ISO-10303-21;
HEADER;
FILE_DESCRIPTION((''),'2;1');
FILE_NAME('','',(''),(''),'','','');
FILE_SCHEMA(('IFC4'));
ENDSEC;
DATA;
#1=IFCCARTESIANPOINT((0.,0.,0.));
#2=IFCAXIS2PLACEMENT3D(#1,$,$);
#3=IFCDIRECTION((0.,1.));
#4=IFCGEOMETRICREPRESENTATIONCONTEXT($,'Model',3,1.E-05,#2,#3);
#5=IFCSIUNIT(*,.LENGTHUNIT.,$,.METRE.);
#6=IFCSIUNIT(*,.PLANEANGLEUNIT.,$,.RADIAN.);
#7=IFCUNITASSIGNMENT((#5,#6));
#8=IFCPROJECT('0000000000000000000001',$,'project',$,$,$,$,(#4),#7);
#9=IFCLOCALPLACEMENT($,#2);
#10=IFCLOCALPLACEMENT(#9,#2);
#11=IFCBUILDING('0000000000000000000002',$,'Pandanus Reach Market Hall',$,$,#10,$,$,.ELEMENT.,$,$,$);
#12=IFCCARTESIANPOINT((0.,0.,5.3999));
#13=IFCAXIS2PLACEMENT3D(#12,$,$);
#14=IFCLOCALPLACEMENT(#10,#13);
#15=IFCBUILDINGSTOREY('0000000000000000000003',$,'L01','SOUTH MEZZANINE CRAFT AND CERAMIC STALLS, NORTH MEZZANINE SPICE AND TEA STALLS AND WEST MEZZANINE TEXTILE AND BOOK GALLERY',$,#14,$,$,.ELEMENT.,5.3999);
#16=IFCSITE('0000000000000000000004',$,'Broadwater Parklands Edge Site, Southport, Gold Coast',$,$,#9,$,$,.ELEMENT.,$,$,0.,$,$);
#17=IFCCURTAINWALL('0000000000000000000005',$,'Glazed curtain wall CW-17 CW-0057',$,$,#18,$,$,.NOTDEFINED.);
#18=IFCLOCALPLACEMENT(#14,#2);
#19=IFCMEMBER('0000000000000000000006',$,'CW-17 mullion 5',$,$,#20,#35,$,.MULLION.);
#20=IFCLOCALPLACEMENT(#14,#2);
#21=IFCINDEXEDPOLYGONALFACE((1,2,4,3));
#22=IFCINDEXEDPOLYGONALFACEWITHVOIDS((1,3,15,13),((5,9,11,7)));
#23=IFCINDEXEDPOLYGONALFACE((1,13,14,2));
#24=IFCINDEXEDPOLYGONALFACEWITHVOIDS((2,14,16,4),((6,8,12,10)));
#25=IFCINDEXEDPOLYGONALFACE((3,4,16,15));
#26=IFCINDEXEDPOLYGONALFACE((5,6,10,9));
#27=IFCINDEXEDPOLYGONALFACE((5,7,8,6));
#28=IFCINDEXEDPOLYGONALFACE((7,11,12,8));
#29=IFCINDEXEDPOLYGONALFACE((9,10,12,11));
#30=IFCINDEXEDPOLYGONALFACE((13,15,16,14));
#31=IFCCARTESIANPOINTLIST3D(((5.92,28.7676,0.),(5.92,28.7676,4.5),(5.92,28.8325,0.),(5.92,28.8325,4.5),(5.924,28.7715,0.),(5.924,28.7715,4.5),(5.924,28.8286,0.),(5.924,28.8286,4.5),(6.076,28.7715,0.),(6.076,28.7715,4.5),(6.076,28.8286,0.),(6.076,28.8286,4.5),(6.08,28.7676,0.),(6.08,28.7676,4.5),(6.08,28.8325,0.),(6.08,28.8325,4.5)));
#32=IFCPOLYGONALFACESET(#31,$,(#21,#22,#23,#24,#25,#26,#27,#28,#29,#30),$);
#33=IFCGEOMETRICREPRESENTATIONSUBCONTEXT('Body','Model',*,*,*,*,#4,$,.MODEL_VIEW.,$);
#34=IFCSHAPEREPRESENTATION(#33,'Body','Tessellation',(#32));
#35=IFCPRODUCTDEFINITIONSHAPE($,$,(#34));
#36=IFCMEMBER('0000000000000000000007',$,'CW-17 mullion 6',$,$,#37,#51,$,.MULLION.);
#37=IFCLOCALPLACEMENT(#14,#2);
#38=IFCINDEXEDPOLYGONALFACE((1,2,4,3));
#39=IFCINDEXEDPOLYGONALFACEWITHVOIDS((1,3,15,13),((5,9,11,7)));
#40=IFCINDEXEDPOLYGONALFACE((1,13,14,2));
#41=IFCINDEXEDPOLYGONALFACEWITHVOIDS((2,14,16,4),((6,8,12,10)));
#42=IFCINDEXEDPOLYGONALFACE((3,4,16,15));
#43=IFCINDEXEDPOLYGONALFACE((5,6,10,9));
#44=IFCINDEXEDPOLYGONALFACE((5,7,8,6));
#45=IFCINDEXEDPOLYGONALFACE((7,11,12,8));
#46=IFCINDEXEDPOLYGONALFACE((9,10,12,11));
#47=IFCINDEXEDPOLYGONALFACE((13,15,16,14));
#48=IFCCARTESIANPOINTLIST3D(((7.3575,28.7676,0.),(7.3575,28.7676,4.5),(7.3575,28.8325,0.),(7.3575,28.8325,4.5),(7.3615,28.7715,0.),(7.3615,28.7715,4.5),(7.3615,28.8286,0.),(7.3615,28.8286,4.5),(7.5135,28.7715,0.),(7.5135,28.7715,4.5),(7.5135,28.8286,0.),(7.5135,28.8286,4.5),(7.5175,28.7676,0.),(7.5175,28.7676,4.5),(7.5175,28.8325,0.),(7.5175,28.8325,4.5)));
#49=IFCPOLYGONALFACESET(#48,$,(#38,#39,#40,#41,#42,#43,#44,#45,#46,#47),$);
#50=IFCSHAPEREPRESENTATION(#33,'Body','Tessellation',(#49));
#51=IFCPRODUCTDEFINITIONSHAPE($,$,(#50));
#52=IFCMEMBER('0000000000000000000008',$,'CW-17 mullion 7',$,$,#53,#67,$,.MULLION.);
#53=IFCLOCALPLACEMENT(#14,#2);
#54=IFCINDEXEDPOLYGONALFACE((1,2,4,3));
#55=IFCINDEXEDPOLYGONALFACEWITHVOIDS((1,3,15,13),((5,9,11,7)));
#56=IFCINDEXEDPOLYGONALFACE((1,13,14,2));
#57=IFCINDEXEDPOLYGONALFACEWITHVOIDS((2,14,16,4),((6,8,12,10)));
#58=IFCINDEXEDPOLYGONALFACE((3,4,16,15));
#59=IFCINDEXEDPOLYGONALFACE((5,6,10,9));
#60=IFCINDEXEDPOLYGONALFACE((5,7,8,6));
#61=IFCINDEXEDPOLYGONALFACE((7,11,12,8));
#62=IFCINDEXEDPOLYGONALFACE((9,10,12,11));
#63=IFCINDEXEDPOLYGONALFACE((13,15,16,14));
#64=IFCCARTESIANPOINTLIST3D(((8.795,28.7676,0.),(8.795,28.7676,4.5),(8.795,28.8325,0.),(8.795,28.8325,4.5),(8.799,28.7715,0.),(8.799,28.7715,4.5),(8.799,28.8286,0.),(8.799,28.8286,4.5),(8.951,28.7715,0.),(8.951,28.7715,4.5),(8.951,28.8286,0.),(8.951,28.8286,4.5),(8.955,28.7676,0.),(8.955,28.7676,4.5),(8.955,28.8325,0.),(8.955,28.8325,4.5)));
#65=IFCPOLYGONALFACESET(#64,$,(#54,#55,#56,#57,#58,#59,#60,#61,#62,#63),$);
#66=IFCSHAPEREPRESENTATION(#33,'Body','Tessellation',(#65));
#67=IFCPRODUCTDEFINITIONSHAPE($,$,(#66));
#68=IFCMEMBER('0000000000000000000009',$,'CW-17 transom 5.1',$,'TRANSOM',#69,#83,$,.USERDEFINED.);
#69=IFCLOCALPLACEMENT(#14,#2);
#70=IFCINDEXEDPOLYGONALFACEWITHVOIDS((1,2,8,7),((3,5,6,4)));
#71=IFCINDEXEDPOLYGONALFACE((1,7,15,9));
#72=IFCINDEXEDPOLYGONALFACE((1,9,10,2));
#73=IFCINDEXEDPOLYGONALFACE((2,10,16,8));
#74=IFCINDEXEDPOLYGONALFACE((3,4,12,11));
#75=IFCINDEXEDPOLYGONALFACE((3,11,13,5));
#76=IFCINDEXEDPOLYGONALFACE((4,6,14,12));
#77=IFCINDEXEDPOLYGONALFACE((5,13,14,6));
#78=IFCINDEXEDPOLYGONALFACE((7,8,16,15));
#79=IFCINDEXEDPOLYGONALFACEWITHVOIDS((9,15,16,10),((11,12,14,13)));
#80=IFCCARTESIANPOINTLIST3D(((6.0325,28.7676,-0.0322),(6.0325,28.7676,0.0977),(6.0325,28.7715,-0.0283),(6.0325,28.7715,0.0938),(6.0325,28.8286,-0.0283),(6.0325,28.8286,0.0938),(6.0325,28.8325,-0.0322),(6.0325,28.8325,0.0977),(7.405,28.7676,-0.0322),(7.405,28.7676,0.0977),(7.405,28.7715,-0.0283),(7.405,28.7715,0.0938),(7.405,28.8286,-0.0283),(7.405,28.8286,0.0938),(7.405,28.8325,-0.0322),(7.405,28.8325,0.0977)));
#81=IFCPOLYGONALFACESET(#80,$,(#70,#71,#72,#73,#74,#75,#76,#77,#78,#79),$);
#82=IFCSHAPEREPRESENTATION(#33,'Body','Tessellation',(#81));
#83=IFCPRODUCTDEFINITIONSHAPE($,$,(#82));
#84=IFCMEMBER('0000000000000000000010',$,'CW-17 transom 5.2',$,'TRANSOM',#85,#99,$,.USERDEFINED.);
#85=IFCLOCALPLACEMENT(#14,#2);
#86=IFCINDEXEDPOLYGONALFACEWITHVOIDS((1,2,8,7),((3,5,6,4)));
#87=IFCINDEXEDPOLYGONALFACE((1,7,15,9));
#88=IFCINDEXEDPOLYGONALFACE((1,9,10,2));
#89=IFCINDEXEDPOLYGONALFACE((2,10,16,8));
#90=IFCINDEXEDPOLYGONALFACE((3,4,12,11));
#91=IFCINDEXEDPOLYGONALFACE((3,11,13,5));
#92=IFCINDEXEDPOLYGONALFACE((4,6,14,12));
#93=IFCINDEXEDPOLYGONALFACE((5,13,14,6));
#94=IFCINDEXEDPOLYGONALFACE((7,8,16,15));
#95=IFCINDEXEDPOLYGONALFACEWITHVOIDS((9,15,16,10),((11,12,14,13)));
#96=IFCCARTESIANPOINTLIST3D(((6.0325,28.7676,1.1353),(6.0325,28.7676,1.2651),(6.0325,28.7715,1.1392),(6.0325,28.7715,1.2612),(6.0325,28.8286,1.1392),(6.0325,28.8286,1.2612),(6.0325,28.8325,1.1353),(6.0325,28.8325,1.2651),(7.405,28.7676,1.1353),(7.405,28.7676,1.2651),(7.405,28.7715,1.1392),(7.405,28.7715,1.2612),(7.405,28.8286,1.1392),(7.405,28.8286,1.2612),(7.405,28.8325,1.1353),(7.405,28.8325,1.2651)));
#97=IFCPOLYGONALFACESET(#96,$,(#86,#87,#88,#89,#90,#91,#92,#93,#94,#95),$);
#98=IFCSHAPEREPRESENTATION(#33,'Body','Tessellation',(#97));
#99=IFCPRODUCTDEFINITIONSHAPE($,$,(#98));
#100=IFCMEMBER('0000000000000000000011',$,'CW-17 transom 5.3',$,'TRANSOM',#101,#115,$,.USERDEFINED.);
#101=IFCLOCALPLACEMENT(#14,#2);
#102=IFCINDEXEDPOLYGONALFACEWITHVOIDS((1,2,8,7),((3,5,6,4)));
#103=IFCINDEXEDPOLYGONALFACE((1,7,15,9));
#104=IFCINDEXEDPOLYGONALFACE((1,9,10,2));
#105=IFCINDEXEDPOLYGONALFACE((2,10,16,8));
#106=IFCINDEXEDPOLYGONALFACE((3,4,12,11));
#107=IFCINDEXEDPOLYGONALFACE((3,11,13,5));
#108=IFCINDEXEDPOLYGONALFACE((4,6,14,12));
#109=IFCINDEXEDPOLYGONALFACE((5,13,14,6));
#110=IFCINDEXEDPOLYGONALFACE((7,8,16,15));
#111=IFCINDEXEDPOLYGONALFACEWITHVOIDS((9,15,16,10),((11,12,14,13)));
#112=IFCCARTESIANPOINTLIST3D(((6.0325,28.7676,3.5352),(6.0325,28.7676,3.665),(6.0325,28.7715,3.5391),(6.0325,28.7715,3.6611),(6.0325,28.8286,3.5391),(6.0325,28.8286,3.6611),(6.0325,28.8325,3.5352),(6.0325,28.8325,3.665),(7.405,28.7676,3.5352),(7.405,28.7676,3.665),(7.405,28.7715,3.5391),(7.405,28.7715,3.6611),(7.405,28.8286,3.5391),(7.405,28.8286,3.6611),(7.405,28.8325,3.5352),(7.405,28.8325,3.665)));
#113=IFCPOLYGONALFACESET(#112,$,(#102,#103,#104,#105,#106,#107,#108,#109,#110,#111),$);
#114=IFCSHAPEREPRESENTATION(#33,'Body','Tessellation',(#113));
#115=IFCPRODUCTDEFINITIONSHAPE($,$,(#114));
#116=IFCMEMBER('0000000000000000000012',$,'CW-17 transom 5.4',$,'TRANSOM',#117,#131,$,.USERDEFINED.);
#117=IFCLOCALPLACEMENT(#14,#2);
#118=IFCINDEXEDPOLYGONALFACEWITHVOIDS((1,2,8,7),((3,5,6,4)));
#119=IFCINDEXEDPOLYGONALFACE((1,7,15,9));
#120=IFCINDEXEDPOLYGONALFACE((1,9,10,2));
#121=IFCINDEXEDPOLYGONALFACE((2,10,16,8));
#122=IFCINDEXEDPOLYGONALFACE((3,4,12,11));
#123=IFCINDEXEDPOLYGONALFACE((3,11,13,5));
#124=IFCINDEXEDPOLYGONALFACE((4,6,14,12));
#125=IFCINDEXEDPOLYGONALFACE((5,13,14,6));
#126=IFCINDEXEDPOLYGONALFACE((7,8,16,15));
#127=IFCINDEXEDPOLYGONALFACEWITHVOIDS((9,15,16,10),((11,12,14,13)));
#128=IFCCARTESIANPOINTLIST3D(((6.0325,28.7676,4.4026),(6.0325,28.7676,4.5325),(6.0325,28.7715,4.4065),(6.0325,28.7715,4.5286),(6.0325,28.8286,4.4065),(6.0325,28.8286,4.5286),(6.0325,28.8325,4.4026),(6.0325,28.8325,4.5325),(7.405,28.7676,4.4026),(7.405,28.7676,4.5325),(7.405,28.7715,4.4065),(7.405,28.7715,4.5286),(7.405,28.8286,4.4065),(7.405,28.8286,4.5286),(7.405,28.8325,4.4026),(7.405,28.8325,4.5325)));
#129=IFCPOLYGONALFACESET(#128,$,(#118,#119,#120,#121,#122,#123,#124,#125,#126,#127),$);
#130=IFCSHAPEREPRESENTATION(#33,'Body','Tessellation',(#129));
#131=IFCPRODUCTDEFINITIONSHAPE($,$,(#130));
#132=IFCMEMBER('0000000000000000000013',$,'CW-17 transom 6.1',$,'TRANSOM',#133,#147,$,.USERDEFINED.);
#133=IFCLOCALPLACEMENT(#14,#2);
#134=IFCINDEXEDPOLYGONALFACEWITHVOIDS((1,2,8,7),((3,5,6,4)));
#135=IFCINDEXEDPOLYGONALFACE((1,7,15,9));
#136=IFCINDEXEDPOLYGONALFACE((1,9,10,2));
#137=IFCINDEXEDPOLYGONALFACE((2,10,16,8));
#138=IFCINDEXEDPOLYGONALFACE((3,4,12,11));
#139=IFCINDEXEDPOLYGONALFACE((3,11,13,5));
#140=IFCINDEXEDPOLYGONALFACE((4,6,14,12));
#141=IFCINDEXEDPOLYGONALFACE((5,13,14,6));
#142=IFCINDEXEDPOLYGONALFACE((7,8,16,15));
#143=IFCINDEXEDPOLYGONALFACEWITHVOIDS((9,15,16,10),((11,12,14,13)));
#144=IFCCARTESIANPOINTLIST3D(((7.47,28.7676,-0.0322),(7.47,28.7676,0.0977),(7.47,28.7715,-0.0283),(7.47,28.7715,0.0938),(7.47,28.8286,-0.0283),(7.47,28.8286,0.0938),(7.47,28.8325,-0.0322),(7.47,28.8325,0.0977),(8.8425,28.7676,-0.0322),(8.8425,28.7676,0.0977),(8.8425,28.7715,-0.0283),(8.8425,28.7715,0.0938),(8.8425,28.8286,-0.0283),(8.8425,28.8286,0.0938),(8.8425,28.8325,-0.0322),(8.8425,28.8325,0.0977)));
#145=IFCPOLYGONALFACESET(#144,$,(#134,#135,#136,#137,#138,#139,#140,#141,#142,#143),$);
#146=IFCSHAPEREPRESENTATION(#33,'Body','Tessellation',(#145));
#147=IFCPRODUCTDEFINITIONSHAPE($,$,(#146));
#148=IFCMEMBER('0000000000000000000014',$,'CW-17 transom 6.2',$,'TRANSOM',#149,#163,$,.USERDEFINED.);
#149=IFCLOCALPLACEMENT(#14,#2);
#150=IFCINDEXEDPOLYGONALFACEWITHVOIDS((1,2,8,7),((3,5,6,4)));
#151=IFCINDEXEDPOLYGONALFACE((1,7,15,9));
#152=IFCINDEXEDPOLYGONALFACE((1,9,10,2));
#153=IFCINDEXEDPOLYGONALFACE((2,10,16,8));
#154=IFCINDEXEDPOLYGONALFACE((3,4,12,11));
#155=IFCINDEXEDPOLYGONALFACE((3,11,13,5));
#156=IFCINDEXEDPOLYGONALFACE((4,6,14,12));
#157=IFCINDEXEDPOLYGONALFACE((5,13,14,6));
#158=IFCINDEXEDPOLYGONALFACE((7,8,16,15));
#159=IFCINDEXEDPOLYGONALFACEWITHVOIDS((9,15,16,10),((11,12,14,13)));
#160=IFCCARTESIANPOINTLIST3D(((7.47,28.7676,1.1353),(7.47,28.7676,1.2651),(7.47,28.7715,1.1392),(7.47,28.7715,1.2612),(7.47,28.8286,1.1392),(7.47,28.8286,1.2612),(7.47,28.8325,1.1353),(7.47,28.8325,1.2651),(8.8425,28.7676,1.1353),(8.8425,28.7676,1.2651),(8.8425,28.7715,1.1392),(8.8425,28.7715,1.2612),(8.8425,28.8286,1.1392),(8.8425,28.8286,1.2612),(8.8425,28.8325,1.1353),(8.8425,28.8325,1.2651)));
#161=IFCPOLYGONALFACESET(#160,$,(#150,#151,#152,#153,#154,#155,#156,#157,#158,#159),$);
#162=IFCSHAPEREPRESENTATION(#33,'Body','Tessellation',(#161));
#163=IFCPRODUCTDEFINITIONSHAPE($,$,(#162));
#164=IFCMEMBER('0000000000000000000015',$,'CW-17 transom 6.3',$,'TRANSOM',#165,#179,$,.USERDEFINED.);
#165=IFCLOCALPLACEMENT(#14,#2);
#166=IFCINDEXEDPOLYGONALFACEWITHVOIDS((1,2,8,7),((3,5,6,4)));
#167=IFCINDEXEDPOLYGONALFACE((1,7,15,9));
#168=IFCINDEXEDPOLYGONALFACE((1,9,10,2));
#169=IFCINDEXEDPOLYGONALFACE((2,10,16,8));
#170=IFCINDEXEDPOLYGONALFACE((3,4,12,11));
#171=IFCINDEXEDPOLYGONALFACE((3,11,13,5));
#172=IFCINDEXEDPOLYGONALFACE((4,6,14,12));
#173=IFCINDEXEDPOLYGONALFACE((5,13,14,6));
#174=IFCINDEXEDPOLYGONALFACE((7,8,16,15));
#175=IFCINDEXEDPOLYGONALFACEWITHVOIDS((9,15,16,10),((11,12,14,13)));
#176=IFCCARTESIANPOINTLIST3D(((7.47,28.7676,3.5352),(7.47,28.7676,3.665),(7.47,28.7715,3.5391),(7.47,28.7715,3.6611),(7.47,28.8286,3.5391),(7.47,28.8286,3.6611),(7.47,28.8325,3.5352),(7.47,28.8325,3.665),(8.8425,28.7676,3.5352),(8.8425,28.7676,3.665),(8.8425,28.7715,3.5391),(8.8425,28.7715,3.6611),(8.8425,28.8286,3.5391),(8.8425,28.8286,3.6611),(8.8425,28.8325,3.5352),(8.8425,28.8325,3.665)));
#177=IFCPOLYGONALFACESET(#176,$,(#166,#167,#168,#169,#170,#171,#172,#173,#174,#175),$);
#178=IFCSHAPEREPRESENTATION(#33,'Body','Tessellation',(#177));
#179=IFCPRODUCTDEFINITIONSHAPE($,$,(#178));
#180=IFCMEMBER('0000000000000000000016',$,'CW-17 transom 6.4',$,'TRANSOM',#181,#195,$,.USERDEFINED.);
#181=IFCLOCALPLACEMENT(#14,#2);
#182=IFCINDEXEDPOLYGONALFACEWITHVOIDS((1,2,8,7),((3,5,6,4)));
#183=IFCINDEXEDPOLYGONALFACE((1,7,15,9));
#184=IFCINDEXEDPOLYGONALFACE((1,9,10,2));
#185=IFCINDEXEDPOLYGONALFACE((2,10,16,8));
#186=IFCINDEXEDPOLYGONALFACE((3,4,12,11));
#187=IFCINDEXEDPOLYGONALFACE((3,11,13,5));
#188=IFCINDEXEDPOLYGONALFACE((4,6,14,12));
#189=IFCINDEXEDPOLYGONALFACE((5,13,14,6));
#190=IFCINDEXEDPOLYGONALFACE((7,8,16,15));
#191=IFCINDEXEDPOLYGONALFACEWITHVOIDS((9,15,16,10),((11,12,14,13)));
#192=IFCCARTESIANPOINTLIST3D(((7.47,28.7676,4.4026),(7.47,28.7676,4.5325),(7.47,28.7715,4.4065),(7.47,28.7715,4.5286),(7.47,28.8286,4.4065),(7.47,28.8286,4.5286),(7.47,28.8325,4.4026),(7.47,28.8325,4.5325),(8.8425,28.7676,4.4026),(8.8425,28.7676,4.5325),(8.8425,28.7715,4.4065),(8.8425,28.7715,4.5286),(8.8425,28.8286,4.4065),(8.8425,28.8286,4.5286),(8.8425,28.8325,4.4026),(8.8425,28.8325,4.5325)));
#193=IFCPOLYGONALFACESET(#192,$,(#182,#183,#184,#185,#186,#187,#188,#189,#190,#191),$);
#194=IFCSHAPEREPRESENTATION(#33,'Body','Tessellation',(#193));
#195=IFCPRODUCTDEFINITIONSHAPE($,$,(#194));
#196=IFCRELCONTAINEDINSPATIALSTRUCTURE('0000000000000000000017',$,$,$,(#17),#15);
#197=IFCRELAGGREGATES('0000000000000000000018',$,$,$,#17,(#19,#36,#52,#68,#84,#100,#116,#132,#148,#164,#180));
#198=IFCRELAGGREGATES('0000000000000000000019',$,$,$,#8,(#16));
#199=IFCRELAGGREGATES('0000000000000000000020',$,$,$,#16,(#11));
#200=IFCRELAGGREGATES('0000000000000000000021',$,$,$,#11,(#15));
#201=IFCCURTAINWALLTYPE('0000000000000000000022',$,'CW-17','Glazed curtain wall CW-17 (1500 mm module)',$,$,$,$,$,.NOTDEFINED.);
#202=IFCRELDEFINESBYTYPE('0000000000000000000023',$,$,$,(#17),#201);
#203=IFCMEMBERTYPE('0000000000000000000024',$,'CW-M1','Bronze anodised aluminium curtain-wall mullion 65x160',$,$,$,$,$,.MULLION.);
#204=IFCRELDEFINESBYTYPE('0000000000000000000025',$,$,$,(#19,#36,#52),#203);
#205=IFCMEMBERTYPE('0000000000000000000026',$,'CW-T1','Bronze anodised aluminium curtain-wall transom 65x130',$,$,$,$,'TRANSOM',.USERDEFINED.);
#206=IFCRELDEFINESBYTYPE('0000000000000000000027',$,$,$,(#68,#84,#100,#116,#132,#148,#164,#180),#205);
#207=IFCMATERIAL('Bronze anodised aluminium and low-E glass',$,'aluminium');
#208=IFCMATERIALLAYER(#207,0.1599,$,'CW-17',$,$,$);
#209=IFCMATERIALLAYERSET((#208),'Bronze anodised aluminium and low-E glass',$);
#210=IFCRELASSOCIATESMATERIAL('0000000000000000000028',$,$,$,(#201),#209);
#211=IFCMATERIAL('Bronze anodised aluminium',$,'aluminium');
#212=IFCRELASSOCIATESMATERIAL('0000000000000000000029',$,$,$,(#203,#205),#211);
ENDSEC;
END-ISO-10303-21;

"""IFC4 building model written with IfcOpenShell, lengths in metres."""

from ifc_helpers import new_model, si_unit, direction, frame, origin, origin_2d, place, context, subcontext, project, spatial, hollow_rectangle, extrude, material, layer, layer_set, material_profile, profile_set, type_object, element, aggregate, save


model = new_model("IFC4")

# Units and contexts
model_context = context("Model", 3, precision=1e-05, world=origin(), true_north=direction((0.0, 1.0)))
body_context = subcontext(model_context, "Body", "Model", "MODEL_VIEW")
ifc_project = project(units=[si_unit("LENGTHUNIT", "METRE"), si_unit("PLANEANGLEUNIT", "RADIAN")], contexts=[model_context])

# Site, building, storey
site_placement = place(None, origin())
site = spatial("IfcSite", under=ifc_project, at=site_placement, Name="Broadwater Parklands Edge Site, Southport, Gold Coast", CompositionType="ELEMENT", RefElevation=0.0)
building_placement = place(site_placement, origin())
building = spatial("IfcBuilding", under=site, at=building_placement, Name="Pandanus Reach Market Hall", CompositionType="ELEMENT")
storey_placement = place(building_placement, frame((0.0, 0.0, 5.3999)))
storey = spatial("IfcBuildingStorey", under=building, at=storey_placement, Name="L01", Description="SOUTH MEZZANINE CRAFT AND CERAMIC STALLS, NORTH MEZZANINE SPICE AND TEA STALLS AND WEST MEZZANINE TEXTILE AND BOOK GALLERY", CompositionType="ELEMENT", Elevation=5.3999)

# Curtain wall, members
ifc_material_1 = material(Name="Bronze anodised aluminium and low-E glass", Category="aluminium")
ifc_layer_1 = layer(ifc_material_1, 0.1599, Name="CW-17")
ifc_layer_set_1 = layer_set([ifc_layer_1], Name="Bronze anodised aluminium and low-E glass")
curtain_wall_type = type_object("IfcCurtainWallType", Name="CW-17", Description="Glazed curtain wall CW-17 (1500 mm module)", PredefinedType="NOTDEFINED", material=ifc_layer_set_1)
curtain_wall_placement = place(storey_placement, origin())
curtain_wall = element("IfcCurtainWall", 1, at=curtain_wall_placement, inside=storey, type_object=curtain_wall_type, Name="Glazed curtain wall CW-17 CW-0057", PredefinedType="NOTDEFINED")
ifc_material_2 = material(Name="Bronze anodised aluminium", Category="aluminium")
ifc_material_profile_1 = material_profile(ifc_material_2, hollow_rectangle(XDim=0.0649, YDim=0.1599, WallThickness=0.0039, at=origin_2d()), Name="ALU65x160", Category="LoadBearing")
ifc_profile_set_1 = profile_set([ifc_material_profile_1], Name="Bronze anodised aluminium")
member_type_1 = type_object("IfcMemberType", Name="CW-M1", Description="Bronze anodised aluminium curtain-wall mullion 65x160", PredefinedType="MULLION", material=ifc_profile_set_1)
member_1_placement = place(storey_placement, frame((6.0, 28.8, 0.0), z_axis=(0.0, 0.0, 1.0), x_axis=(0.0, 1.0, 0.0)))
member_1 = element("IfcMember", 2, at=member_1_placement, type_object=member_type_1, Name="CW-17 mullion 5", PredefinedType="MULLION", context=body_context, shape_type="SweptSolid", body=[
    extrude(hollow_rectangle(XDim=0.0649, YDim=0.1599, WallThickness=0.0039, at=origin_2d()), origin(), (0.0, 0.0, 1.0), 4.5),
])
member_2_placement = place(storey_placement, frame((7.4375, 28.8, 0.0), z_axis=(0.0, 0.0, 1.0), x_axis=(0.0, 1.0, 0.0)))
member_2 = element("IfcMember", 3, at=member_2_placement, type_object=member_type_1, Name="CW-17 mullion 6", PredefinedType="MULLION", context=body_context, shape_type="SweptSolid", body=[
    extrude(hollow_rectangle(XDim=0.0649, YDim=0.1599, WallThickness=0.0039, at=origin_2d()), origin(), (0.0, 0.0, 1.0), 4.5),
])
member_3_placement = place(storey_placement, frame((8.875, 28.8, 0.0), z_axis=(0.0, 0.0, 1.0), x_axis=(0.0, 1.0, 0.0)))
member_3 = element("IfcMember", 4, at=member_3_placement, type_object=member_type_1, Name="CW-17 mullion 7", PredefinedType="MULLION", context=body_context, shape_type="SweptSolid", body=[
    extrude(hollow_rectangle(XDim=0.0649, YDim=0.1599, WallThickness=0.0039, at=origin_2d()), origin(), (0.0, 0.0, 1.0), 4.5),
])
ifc_material_profile_2 = material_profile(ifc_material_2, hollow_rectangle(XDim=0.0649, YDim=0.1299, WallThickness=0.0039, at=origin_2d()), Name="ALU65x130", Category="LoadBearing")
ifc_profile_set_2 = profile_set([ifc_material_profile_2], Name="Bronze anodised aluminium")
member_type_2 = type_object("IfcMemberType", Name="CW-T1", Description="Bronze anodised aluminium curtain-wall transom 65x130", ElementType="TRANSOM", PredefinedType="USERDEFINED", material=ifc_profile_set_2)
member_4_placement = place(storey_placement, frame((6.0325, 28.8, 0.0327), z_axis=(1.0, 0.0, 0.0), x_axis=(0.0, 1.0, 0.0)))
member_4 = element("IfcMember", 5, at=member_4_placement, type_object=member_type_2, Name="CW-17 transom 5.1", ObjectType="TRANSOM", PredefinedType="USERDEFINED", context=body_context, shape_type="SweptSolid", body=[
    extrude(hollow_rectangle(XDim=0.0649, YDim=0.1299, WallThickness=0.0039, at=origin_2d()), origin(), (0.0, 0.0, 1.0), 1.3726),
])
member_5_placement = place(storey_placement, frame((6.0325, 28.8, 1.2002), z_axis=(1.0, 0.0, 0.0), x_axis=(0.0, 1.0, 0.0)))
member_5 = element("IfcMember", 6, at=member_5_placement, type_object=member_type_2, Name="CW-17 transom 5.2", ObjectType="TRANSOM", PredefinedType="USERDEFINED", context=body_context, shape_type="SweptSolid", body=[
    extrude(hollow_rectangle(XDim=0.0649, YDim=0.1299, WallThickness=0.0039, at=origin_2d()), origin(), (0.0, 0.0, 1.0), 1.3726),
])
member_6_placement = place(storey_placement, frame((6.0325, 28.8, 3.6001), z_axis=(1.0, 0.0, 0.0), x_axis=(0.0, 1.0, 0.0)))
member_6 = element("IfcMember", 7, at=member_6_placement, type_object=member_type_2, Name="CW-17 transom 5.3", ObjectType="TRANSOM", PredefinedType="USERDEFINED", context=body_context, shape_type="SweptSolid", body=[
    extrude(hollow_rectangle(XDim=0.0649, YDim=0.1299, WallThickness=0.0039, at=origin_2d()), origin(), (0.0, 0.0, 1.0), 1.3726),
])
member_7_placement = place(storey_placement, frame((6.0325, 28.8, 4.4675), z_axis=(1.0, 0.0, 0.0), x_axis=(0.0, 1.0, 0.0)))
member_7 = element("IfcMember", 8, at=member_7_placement, type_object=member_type_2, Name="CW-17 transom 5.4", ObjectType="TRANSOM", PredefinedType="USERDEFINED", context=body_context, shape_type="SweptSolid", body=[
    extrude(hollow_rectangle(XDim=0.0649, YDim=0.1299, WallThickness=0.0039, at=origin_2d()), origin(), (0.0, 0.0, 1.0), 1.3726),
])
member_8_placement = place(storey_placement, frame((7.47, 28.8, 0.0327), z_axis=(1.0, 0.0, 0.0), x_axis=(0.0, 1.0, 0.0)))
member_8 = element("IfcMember", 9, at=member_8_placement, type_object=member_type_2, Name="CW-17 transom 6.1", ObjectType="TRANSOM", PredefinedType="USERDEFINED", context=body_context, shape_type="SweptSolid", body=[
    extrude(hollow_rectangle(XDim=0.0649, YDim=0.1299, WallThickness=0.0039, at=origin_2d()), origin(), (0.0, 0.0, 1.0), 1.3726),
])
member_9_placement = place(storey_placement, frame((7.47, 28.8, 1.2002), z_axis=(1.0, 0.0, 0.0), x_axis=(0.0, 1.0, 0.0)))
member_9 = element("IfcMember", 10, at=member_9_placement, type_object=member_type_2, Name="CW-17 transom 6.2", ObjectType="TRANSOM", PredefinedType="USERDEFINED", context=body_context, shape_type="SweptSolid", body=[
    extrude(hollow_rectangle(XDim=0.0649, YDim=0.1299, WallThickness=0.0039, at=origin_2d()), origin(), (0.0, 0.0, 1.0), 1.3726),
])
member_10_placement = place(storey_placement, frame((7.47, 28.8, 3.6001), z_axis=(1.0, 0.0, 0.0), x_axis=(0.0, 1.0, 0.0)))
member_10 = element("IfcMember", 11, at=member_10_placement, type_object=member_type_2, Name="CW-17 transom 6.3", ObjectType="TRANSOM", PredefinedType="USERDEFINED", context=body_context, shape_type="SweptSolid", body=[
    extrude(hollow_rectangle(XDim=0.0649, YDim=0.1299, WallThickness=0.0039, at=origin_2d()), origin(), (0.0, 0.0, 1.0), 1.3726),
])
member_11_placement = place(storey_placement, frame((7.47, 28.8, 4.4675), z_axis=(1.0, 0.0, 0.0), x_axis=(0.0, 1.0, 0.0)))
member_11 = element("IfcMember", 12, at=member_11_placement, type_object=member_type_2, Name="CW-17 transom 6.4", ObjectType="TRANSOM", PredefinedType="USERDEFINED", context=body_context, shape_type="SweptSolid", body=[
    extrude(hollow_rectangle(XDim=0.0649, YDim=0.1299, WallThickness=0.0039, at=origin_2d()), origin(), (0.0, 0.0, 1.0), 1.3726),
])
aggregate(curtain_wall, [member_1, member_2, member_3, member_4, member_5, member_6, member_7, member_8, member_9, member_10, member_11])

save(model, "model.ifc")
